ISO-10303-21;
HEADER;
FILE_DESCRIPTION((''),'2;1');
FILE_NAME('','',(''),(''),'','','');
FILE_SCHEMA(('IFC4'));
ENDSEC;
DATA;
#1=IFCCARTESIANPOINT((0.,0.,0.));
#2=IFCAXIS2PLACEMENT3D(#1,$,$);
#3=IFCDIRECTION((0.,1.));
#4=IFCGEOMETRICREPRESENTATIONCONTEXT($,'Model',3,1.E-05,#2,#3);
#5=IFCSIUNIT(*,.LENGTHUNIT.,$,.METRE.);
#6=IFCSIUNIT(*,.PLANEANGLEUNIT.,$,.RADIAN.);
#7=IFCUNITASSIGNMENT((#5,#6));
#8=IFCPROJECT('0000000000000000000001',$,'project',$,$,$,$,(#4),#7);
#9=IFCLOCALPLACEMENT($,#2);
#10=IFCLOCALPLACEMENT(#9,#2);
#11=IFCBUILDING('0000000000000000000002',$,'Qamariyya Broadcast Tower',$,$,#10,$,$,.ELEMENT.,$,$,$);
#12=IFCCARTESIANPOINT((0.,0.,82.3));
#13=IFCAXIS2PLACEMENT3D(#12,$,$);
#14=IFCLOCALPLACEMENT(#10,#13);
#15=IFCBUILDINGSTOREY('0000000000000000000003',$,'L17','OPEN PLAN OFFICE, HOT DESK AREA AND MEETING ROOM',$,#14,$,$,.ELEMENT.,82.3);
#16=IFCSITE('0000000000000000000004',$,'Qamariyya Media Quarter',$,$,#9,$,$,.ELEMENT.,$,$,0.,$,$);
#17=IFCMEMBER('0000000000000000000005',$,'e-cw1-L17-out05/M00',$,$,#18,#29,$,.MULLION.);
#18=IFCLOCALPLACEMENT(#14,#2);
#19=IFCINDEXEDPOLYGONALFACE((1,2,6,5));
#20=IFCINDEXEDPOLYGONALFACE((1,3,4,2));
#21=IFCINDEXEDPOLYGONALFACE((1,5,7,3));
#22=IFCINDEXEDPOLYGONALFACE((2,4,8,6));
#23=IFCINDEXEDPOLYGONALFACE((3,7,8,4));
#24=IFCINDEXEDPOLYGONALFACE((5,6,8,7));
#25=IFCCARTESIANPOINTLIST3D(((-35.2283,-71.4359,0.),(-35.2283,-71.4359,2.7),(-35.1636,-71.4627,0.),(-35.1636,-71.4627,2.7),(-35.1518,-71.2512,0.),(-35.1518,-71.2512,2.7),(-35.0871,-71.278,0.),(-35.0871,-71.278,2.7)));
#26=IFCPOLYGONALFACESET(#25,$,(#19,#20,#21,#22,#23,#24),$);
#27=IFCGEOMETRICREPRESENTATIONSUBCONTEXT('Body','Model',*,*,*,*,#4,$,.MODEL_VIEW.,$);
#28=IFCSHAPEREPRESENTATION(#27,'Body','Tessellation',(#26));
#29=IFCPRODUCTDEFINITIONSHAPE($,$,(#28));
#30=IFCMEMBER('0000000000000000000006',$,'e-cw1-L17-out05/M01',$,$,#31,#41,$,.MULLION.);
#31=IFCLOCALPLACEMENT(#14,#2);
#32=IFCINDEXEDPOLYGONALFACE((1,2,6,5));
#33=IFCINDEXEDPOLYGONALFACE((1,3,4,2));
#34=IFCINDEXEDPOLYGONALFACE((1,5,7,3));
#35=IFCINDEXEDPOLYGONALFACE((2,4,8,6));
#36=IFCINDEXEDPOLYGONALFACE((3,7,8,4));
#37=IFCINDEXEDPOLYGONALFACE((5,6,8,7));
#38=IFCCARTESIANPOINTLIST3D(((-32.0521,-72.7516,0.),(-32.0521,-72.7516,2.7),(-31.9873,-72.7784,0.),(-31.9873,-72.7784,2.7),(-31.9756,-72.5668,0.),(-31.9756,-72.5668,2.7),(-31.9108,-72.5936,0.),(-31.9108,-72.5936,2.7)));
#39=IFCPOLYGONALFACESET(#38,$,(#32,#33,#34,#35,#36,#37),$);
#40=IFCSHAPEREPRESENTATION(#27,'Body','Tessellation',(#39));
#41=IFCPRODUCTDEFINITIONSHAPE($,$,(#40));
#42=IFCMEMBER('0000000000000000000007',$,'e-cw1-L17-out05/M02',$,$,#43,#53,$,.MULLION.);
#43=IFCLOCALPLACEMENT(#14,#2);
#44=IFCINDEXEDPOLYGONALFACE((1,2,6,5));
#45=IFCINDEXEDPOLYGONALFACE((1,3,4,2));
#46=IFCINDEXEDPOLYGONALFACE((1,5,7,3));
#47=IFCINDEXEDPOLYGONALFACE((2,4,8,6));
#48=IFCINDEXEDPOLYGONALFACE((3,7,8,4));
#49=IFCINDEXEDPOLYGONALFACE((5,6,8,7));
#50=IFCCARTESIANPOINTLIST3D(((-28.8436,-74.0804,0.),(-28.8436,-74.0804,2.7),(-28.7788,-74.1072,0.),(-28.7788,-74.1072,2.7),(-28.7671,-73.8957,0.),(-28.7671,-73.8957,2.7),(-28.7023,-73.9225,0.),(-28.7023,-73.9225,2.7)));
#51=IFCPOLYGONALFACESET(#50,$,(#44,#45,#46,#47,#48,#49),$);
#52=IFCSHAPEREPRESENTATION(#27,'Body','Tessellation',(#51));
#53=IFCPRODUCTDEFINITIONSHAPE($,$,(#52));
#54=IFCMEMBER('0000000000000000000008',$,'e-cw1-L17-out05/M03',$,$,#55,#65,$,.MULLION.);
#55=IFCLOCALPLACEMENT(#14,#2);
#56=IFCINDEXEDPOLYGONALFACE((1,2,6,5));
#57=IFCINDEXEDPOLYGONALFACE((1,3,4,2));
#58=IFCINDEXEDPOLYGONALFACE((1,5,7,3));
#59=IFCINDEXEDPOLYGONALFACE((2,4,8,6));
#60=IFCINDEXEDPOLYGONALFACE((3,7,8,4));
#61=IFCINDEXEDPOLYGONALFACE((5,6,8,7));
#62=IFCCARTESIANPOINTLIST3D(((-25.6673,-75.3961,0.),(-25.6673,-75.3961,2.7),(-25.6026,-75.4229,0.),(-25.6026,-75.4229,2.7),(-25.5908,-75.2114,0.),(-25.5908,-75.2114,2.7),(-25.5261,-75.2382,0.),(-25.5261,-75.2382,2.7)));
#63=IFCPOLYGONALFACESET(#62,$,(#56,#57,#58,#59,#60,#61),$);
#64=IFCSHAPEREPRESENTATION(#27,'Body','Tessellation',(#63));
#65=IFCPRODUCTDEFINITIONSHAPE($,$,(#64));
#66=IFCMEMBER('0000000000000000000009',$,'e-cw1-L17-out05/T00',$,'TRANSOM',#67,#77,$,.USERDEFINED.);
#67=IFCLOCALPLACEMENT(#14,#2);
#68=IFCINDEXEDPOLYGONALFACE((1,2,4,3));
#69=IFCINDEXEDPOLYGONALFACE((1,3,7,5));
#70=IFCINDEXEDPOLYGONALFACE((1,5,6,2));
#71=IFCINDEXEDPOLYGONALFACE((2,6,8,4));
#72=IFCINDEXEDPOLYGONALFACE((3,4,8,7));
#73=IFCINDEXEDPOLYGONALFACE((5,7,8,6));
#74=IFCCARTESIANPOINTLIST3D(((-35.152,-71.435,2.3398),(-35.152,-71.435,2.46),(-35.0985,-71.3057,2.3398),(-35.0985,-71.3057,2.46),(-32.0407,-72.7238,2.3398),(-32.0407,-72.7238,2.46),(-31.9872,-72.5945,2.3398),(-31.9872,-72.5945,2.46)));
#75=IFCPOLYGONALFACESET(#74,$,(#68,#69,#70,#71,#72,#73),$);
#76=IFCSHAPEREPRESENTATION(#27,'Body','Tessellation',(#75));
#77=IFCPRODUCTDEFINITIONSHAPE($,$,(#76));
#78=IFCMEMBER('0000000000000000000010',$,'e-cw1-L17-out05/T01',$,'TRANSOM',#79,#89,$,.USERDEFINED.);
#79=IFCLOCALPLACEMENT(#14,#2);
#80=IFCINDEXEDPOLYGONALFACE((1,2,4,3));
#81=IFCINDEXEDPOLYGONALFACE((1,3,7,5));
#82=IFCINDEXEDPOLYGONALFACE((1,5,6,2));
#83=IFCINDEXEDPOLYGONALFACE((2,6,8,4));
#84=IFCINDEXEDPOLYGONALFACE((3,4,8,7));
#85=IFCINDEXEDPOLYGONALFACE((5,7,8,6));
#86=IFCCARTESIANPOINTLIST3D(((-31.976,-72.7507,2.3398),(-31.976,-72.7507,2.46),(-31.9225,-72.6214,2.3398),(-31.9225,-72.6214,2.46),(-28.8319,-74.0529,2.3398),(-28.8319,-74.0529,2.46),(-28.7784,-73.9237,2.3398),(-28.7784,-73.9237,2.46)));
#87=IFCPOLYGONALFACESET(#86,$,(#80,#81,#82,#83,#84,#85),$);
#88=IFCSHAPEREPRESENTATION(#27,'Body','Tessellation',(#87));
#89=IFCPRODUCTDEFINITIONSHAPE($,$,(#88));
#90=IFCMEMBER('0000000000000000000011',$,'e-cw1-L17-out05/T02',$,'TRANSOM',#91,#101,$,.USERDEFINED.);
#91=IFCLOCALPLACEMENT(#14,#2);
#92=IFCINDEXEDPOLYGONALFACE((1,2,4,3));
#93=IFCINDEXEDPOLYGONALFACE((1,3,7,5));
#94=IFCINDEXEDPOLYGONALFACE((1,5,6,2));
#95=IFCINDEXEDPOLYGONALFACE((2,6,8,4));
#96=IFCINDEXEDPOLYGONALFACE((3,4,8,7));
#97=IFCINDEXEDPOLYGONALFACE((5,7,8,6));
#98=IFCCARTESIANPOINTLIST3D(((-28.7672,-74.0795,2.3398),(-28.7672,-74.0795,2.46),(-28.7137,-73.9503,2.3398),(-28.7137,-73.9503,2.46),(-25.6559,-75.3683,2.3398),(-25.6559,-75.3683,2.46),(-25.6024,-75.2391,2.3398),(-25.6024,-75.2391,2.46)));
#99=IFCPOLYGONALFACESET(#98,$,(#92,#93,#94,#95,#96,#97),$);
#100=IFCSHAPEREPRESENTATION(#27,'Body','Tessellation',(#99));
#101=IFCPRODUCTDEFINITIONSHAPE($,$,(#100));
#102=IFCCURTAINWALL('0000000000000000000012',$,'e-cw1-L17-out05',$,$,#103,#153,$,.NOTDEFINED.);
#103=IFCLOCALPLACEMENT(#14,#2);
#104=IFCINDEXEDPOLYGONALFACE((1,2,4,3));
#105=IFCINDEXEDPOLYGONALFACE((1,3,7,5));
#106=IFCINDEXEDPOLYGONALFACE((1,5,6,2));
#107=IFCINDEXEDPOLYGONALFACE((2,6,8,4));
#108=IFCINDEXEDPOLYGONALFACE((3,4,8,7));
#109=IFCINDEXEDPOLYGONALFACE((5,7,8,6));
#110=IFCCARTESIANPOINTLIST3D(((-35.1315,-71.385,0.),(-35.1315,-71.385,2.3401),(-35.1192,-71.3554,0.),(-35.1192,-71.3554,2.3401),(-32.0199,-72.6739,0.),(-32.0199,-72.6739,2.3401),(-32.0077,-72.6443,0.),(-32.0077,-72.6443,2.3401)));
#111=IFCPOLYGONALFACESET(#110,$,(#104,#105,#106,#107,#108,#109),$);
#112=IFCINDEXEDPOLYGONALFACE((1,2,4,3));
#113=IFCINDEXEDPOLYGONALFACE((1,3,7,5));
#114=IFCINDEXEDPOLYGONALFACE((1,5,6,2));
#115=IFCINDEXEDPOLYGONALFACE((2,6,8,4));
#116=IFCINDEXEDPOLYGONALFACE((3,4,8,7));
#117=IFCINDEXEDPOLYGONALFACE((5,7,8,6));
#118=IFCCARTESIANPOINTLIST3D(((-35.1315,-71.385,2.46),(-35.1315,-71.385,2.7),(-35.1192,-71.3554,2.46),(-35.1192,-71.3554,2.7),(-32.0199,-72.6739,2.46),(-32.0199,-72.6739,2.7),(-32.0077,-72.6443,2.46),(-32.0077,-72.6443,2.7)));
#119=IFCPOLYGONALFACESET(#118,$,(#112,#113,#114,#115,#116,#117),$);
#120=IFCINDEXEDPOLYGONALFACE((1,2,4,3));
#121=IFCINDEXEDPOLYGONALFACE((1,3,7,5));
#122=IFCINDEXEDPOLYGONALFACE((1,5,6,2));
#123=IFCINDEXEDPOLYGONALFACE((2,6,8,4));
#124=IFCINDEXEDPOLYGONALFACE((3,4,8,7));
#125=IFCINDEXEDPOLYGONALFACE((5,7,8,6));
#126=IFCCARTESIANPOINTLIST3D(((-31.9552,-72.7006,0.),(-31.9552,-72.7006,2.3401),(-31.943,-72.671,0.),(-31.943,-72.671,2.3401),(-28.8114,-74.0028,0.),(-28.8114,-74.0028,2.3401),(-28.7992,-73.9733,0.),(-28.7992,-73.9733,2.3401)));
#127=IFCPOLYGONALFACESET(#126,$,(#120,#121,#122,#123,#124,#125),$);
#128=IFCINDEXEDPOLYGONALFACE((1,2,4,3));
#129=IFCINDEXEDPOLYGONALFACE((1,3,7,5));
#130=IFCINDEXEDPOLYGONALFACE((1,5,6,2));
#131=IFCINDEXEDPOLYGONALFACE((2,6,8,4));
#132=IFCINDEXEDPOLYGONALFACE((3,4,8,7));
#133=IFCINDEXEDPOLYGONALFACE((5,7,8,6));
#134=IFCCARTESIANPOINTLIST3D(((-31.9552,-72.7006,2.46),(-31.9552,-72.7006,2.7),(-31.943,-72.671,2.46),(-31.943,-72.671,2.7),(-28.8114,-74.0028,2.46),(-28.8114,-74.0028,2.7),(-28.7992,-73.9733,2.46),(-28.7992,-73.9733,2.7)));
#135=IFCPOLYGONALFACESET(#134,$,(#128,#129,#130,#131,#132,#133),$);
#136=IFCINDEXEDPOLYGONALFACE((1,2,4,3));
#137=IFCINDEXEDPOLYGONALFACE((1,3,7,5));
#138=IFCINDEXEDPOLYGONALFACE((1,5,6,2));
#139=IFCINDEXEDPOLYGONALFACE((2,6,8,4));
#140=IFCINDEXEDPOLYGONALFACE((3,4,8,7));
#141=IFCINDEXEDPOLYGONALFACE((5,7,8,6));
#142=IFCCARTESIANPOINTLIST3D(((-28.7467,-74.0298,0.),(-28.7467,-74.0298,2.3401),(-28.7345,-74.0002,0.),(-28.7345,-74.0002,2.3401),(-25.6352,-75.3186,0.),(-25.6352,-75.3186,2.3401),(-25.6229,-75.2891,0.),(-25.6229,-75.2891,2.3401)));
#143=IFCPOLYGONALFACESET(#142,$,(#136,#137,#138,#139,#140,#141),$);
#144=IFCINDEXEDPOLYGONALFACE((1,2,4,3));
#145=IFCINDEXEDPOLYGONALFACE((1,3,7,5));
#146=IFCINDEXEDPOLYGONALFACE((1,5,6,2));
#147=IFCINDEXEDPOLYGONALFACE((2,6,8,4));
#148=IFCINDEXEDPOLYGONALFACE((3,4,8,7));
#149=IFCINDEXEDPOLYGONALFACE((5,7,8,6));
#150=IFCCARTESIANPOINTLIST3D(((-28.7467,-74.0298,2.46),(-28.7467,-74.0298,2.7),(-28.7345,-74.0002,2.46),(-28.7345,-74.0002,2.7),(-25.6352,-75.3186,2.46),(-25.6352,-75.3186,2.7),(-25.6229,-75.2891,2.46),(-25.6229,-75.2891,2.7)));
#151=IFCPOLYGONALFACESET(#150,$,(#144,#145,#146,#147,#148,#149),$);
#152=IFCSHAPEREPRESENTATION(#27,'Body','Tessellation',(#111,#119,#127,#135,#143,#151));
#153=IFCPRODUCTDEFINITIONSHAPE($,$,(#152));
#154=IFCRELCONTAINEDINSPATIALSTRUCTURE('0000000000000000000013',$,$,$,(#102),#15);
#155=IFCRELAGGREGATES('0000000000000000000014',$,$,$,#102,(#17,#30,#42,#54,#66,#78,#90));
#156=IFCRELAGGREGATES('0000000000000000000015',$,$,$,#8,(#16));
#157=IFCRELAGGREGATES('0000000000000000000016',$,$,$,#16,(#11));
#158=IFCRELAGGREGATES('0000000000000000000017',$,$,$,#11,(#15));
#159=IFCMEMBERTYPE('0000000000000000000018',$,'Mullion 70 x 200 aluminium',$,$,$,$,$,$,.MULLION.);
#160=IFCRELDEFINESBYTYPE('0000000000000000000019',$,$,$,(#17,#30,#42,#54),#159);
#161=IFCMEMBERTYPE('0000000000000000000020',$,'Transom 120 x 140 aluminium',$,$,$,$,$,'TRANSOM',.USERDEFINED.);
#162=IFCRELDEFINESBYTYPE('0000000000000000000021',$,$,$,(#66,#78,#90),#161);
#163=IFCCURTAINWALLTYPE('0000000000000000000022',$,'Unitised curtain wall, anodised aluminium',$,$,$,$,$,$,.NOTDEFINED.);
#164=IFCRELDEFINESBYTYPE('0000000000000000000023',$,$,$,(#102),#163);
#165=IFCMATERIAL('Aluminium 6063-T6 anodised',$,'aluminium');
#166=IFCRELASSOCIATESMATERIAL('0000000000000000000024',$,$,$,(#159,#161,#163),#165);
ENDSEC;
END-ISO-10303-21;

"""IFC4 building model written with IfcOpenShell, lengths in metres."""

from ifc_helpers import new_model, si_unit, direction, frame, origin, origin_2d, place, context, subcontext, project, spatial, rectangle, extrude, material, material_profile, profile_set, type_object, element, aggregate, save


model = new_model("IFC4")

# Units and contexts
model_context = context("Model", 3, precision=1e-05, world=origin(), true_north=direction((0.0, 1.0)))
body_context = subcontext(model_context, "Body", "Model", "MODEL_VIEW")
ifc_project = project(units=[si_unit("LENGTHUNIT", "METRE"), si_unit("PLANEANGLEUNIT", "RADIAN")], contexts=[model_context])

# Members
ifc_material_1 = material(Name="Aluminium 6063-T6 anodised", Category="aluminium")
ifc_material_profile_1 = material_profile(ifc_material_1, rectangle(XDim=0.2, YDim=0.0701, at=origin_2d()))
ifc_profile_set_1 = profile_set([ifc_material_profile_1], Name="Aluminium 6063-T6 anodised")
member_type_1 = type_object("IfcMemberType", Name="Mullion 70 x 200 aluminium", PredefinedType="MULLION", material=ifc_profile_set_1)
site_placement = place(None, origin())
building_placement = place(site_placement, origin())
storey_placement = place(building_placement, frame((0.0, 0.0, 82.3)))
member_1_placement = place(storey_placement, frame((-35.1577, -71.3569, 0.0), z_axis=(0.0, 0.0, 1.0), x_axis=(0.382683, 0.92388, 0.0)))
member_1 = element("IfcMember", 1, at=member_1_placement, type_object=member_type_1, Name="e-cw1-L17-out05/M00", PredefinedType="MULLION", context=body_context, shape_type="SweptSolid", body=[
    extrude(rectangle(XDim=0.2, YDim=0.0701, at=origin_2d()), origin(), (0.0, 0.0, 1.0), 2.7),
])
member_2_placement = place(storey_placement, frame((-31.9814, -72.6726, 0.0), z_axis=(0.0, 0.0, 1.0), x_axis=(0.382683, 0.92388, 0.0)))
member_2 = element("IfcMember", 2, at=member_2_placement, type_object=member_type_1, Name="e-cw1-L17-out05/M01", PredefinedType="MULLION", context=body_context, shape_type="SweptSolid", body=[
    extrude(rectangle(XDim=0.2, YDim=0.0701, at=origin_2d()), origin(), (0.0, 0.0, 1.0), 2.7),
])
member_3_placement = place(storey_placement, frame((-28.7729, -74.0015, 0.0), z_axis=(0.0, 0.0, 1.0), x_axis=(0.382683, 0.92388, 0.0)))
member_3 = element("IfcMember", 3, at=member_3_placement, type_object=member_type_1, Name="e-cw1-L17-out05/M02", PredefinedType="MULLION", context=body_context, shape_type="SweptSolid", body=[
    extrude(rectangle(XDim=0.2, YDim=0.0701, at=origin_2d()), origin(), (0.0, 0.0, 1.0), 2.7),
])
member_4_placement = place(storey_placement, frame((-25.5967, -75.3171, 0.0), z_axis=(0.0, 0.0, 1.0), x_axis=(0.382683, 0.92388, 0.0)))
member_4 = element("IfcMember", 4, at=member_4_placement, type_object=member_type_1, Name="e-cw1-L17-out05/M03", PredefinedType="MULLION", context=body_context, shape_type="SweptSolid", body=[
    extrude(rectangle(XDim=0.2, YDim=0.0701, at=origin_2d()), origin(), (0.0, 0.0, 1.0), 2.7),
])
ifc_material_profile_2 = material_profile(ifc_material_1, rectangle(XDim=0.1399, YDim=0.1201, at=origin_2d()))
ifc_profile_set_2 = profile_set([ifc_material_profile_2], Name="Aluminium 6063-T6 anodised")
member_type_2 = type_object("IfcMemberType", Name="Transom 120 x 140 aluminium", ElementType="TRANSOM", PredefinedType="USERDEFINED", material=ifc_profile_set_2)
member_5_placement = place(storey_placement, frame((-35.1252, -71.3704, 2.3999), z_axis=(0.923873, -0.3827, 0.0), x_axis=(0.3827, 0.923873, 0.0)))
member_5 = element("IfcMember", 5, at=member_5_placement, type_object=member_type_2, Name="e-cw1-L17-out05/T00", ObjectType="TRANSOM", PredefinedType="USERDEFINED", context=body_context, shape_type="SweptSolid", body=[
    extrude(rectangle(XDim=0.1399, YDim=0.1201, at=origin_2d()), origin(), (0.0, 0.0, 1.0), 3.3677),
])
member_6_placement = place(storey_placement, frame((-31.9492, -72.686, 2.3999), z_axis=(0.923886, -0.382669, 0.0), x_axis=(0.382669, 0.923886, 0.0)))
member_6 = element("IfcMember", 6, at=member_6_placement, type_object=member_type_2, Name="e-cw1-L17-out05/T01", ObjectType="TRANSOM", PredefinedType="USERDEFINED", context=body_context, shape_type="SweptSolid", body=[
    extrude(rectangle(XDim=0.1399, YDim=0.1201, at=origin_2d()), origin(), (0.0, 0.0, 1.0), 3.4031),
])
member_7_placement = place(storey_placement, frame((-28.7405, -74.0149, 2.3999), z_axis=(0.923873, -0.3827, 0.0), x_axis=(0.3827, 0.923873, 0.0)))
member_7 = element("IfcMember", 7, at=member_7_placement, type_object=member_type_2, Name="e-cw1-L17-out05/T02", ObjectType="TRANSOM", PredefinedType="USERDEFINED", context=body_context, shape_type="SweptSolid", body=[
    extrude(rectangle(XDim=0.1399, YDim=0.1201, at=origin_2d()), origin(), (0.0, 0.0, 1.0), 3.3677),
])

# Site, building, storey
site = spatial("IfcSite", under=ifc_project, at=site_placement, Name="Qamariyya Media Quarter", CompositionType="ELEMENT", RefElevation=0.0)
building = spatial("IfcBuilding", under=site, at=building_placement, Name="Qamariyya Broadcast Tower", CompositionType="ELEMENT")
storey = spatial("IfcBuildingStorey", under=building, at=storey_placement, Name="L17", Description="OPEN PLAN OFFICE, HOT DESK AREA AND MEETING ROOM", CompositionType="ELEMENT", Elevation=82.3)

# Curtain wall
curtain_wall_type = type_object("IfcCurtainWallType", Name="Unitised curtain wall, anodised aluminium", PredefinedType="NOTDEFINED", material=ifc_material_1)
curtain_wall_1_placement = place(storey_placement, origin())
curtain_wall_1 = element("IfcCurtainWall", 8, at=curtain_wall_1_placement, inside=storey, type_object=curtain_wall_type, Name="e-cw1-L17-out05", PredefinedType="NOTDEFINED", context=body_context, shape_type="SweptSolid", body=[
    extrude(rectangle(XDim=3.3679, YDim=0.032, at=origin_2d()), frame((-33.5696, -72.0146, 0.0), x_axis=(0.923878, -0.382688, 0.0)), (0.0, 0.0, 1.0), 2.3401),
    extrude(rectangle(XDim=3.3679, YDim=0.032, at=origin_2d()), frame((-33.5696, -72.0146, 2.46), x_axis=(0.923878, -0.382688, 0.0)), (0.0, 0.0, 1.0), 0.24),
    extrude(rectangle(XDim=3.4028, YDim=0.032, at=origin_2d()), frame((-30.3772, -73.3369, 0.0), x_axis=(0.923878, -0.382688, 0.0)), (0.0, 0.0, 1.0), 2.3401),
    extrude(rectangle(XDim=3.4028, YDim=0.032, at=origin_2d()), frame((-30.3772, -73.3369, 2.46), x_axis=(0.923878, -0.382688, 0.0)), (0.0, 0.0, 1.0), 0.24),
    extrude(rectangle(XDim=3.3679, YDim=0.032, at=origin_2d()), frame((-27.1848, -74.6594, 0.0), x_axis=(0.923878, -0.382688, 0.0)), (0.0, 0.0, 1.0), 2.3401),
    extrude(rectangle(XDim=3.3679, YDim=0.032, at=origin_2d()), frame((-27.1848, -74.6594, 2.46), x_axis=(0.923878, -0.382688, 0.0)), (0.0, 0.0, 1.0), 0.24),
])
aggregate(curtain_wall_1, [member_1, member_2, member_3, member_4, member_5, member_6, member_7])

save(model, "model.ifc")
